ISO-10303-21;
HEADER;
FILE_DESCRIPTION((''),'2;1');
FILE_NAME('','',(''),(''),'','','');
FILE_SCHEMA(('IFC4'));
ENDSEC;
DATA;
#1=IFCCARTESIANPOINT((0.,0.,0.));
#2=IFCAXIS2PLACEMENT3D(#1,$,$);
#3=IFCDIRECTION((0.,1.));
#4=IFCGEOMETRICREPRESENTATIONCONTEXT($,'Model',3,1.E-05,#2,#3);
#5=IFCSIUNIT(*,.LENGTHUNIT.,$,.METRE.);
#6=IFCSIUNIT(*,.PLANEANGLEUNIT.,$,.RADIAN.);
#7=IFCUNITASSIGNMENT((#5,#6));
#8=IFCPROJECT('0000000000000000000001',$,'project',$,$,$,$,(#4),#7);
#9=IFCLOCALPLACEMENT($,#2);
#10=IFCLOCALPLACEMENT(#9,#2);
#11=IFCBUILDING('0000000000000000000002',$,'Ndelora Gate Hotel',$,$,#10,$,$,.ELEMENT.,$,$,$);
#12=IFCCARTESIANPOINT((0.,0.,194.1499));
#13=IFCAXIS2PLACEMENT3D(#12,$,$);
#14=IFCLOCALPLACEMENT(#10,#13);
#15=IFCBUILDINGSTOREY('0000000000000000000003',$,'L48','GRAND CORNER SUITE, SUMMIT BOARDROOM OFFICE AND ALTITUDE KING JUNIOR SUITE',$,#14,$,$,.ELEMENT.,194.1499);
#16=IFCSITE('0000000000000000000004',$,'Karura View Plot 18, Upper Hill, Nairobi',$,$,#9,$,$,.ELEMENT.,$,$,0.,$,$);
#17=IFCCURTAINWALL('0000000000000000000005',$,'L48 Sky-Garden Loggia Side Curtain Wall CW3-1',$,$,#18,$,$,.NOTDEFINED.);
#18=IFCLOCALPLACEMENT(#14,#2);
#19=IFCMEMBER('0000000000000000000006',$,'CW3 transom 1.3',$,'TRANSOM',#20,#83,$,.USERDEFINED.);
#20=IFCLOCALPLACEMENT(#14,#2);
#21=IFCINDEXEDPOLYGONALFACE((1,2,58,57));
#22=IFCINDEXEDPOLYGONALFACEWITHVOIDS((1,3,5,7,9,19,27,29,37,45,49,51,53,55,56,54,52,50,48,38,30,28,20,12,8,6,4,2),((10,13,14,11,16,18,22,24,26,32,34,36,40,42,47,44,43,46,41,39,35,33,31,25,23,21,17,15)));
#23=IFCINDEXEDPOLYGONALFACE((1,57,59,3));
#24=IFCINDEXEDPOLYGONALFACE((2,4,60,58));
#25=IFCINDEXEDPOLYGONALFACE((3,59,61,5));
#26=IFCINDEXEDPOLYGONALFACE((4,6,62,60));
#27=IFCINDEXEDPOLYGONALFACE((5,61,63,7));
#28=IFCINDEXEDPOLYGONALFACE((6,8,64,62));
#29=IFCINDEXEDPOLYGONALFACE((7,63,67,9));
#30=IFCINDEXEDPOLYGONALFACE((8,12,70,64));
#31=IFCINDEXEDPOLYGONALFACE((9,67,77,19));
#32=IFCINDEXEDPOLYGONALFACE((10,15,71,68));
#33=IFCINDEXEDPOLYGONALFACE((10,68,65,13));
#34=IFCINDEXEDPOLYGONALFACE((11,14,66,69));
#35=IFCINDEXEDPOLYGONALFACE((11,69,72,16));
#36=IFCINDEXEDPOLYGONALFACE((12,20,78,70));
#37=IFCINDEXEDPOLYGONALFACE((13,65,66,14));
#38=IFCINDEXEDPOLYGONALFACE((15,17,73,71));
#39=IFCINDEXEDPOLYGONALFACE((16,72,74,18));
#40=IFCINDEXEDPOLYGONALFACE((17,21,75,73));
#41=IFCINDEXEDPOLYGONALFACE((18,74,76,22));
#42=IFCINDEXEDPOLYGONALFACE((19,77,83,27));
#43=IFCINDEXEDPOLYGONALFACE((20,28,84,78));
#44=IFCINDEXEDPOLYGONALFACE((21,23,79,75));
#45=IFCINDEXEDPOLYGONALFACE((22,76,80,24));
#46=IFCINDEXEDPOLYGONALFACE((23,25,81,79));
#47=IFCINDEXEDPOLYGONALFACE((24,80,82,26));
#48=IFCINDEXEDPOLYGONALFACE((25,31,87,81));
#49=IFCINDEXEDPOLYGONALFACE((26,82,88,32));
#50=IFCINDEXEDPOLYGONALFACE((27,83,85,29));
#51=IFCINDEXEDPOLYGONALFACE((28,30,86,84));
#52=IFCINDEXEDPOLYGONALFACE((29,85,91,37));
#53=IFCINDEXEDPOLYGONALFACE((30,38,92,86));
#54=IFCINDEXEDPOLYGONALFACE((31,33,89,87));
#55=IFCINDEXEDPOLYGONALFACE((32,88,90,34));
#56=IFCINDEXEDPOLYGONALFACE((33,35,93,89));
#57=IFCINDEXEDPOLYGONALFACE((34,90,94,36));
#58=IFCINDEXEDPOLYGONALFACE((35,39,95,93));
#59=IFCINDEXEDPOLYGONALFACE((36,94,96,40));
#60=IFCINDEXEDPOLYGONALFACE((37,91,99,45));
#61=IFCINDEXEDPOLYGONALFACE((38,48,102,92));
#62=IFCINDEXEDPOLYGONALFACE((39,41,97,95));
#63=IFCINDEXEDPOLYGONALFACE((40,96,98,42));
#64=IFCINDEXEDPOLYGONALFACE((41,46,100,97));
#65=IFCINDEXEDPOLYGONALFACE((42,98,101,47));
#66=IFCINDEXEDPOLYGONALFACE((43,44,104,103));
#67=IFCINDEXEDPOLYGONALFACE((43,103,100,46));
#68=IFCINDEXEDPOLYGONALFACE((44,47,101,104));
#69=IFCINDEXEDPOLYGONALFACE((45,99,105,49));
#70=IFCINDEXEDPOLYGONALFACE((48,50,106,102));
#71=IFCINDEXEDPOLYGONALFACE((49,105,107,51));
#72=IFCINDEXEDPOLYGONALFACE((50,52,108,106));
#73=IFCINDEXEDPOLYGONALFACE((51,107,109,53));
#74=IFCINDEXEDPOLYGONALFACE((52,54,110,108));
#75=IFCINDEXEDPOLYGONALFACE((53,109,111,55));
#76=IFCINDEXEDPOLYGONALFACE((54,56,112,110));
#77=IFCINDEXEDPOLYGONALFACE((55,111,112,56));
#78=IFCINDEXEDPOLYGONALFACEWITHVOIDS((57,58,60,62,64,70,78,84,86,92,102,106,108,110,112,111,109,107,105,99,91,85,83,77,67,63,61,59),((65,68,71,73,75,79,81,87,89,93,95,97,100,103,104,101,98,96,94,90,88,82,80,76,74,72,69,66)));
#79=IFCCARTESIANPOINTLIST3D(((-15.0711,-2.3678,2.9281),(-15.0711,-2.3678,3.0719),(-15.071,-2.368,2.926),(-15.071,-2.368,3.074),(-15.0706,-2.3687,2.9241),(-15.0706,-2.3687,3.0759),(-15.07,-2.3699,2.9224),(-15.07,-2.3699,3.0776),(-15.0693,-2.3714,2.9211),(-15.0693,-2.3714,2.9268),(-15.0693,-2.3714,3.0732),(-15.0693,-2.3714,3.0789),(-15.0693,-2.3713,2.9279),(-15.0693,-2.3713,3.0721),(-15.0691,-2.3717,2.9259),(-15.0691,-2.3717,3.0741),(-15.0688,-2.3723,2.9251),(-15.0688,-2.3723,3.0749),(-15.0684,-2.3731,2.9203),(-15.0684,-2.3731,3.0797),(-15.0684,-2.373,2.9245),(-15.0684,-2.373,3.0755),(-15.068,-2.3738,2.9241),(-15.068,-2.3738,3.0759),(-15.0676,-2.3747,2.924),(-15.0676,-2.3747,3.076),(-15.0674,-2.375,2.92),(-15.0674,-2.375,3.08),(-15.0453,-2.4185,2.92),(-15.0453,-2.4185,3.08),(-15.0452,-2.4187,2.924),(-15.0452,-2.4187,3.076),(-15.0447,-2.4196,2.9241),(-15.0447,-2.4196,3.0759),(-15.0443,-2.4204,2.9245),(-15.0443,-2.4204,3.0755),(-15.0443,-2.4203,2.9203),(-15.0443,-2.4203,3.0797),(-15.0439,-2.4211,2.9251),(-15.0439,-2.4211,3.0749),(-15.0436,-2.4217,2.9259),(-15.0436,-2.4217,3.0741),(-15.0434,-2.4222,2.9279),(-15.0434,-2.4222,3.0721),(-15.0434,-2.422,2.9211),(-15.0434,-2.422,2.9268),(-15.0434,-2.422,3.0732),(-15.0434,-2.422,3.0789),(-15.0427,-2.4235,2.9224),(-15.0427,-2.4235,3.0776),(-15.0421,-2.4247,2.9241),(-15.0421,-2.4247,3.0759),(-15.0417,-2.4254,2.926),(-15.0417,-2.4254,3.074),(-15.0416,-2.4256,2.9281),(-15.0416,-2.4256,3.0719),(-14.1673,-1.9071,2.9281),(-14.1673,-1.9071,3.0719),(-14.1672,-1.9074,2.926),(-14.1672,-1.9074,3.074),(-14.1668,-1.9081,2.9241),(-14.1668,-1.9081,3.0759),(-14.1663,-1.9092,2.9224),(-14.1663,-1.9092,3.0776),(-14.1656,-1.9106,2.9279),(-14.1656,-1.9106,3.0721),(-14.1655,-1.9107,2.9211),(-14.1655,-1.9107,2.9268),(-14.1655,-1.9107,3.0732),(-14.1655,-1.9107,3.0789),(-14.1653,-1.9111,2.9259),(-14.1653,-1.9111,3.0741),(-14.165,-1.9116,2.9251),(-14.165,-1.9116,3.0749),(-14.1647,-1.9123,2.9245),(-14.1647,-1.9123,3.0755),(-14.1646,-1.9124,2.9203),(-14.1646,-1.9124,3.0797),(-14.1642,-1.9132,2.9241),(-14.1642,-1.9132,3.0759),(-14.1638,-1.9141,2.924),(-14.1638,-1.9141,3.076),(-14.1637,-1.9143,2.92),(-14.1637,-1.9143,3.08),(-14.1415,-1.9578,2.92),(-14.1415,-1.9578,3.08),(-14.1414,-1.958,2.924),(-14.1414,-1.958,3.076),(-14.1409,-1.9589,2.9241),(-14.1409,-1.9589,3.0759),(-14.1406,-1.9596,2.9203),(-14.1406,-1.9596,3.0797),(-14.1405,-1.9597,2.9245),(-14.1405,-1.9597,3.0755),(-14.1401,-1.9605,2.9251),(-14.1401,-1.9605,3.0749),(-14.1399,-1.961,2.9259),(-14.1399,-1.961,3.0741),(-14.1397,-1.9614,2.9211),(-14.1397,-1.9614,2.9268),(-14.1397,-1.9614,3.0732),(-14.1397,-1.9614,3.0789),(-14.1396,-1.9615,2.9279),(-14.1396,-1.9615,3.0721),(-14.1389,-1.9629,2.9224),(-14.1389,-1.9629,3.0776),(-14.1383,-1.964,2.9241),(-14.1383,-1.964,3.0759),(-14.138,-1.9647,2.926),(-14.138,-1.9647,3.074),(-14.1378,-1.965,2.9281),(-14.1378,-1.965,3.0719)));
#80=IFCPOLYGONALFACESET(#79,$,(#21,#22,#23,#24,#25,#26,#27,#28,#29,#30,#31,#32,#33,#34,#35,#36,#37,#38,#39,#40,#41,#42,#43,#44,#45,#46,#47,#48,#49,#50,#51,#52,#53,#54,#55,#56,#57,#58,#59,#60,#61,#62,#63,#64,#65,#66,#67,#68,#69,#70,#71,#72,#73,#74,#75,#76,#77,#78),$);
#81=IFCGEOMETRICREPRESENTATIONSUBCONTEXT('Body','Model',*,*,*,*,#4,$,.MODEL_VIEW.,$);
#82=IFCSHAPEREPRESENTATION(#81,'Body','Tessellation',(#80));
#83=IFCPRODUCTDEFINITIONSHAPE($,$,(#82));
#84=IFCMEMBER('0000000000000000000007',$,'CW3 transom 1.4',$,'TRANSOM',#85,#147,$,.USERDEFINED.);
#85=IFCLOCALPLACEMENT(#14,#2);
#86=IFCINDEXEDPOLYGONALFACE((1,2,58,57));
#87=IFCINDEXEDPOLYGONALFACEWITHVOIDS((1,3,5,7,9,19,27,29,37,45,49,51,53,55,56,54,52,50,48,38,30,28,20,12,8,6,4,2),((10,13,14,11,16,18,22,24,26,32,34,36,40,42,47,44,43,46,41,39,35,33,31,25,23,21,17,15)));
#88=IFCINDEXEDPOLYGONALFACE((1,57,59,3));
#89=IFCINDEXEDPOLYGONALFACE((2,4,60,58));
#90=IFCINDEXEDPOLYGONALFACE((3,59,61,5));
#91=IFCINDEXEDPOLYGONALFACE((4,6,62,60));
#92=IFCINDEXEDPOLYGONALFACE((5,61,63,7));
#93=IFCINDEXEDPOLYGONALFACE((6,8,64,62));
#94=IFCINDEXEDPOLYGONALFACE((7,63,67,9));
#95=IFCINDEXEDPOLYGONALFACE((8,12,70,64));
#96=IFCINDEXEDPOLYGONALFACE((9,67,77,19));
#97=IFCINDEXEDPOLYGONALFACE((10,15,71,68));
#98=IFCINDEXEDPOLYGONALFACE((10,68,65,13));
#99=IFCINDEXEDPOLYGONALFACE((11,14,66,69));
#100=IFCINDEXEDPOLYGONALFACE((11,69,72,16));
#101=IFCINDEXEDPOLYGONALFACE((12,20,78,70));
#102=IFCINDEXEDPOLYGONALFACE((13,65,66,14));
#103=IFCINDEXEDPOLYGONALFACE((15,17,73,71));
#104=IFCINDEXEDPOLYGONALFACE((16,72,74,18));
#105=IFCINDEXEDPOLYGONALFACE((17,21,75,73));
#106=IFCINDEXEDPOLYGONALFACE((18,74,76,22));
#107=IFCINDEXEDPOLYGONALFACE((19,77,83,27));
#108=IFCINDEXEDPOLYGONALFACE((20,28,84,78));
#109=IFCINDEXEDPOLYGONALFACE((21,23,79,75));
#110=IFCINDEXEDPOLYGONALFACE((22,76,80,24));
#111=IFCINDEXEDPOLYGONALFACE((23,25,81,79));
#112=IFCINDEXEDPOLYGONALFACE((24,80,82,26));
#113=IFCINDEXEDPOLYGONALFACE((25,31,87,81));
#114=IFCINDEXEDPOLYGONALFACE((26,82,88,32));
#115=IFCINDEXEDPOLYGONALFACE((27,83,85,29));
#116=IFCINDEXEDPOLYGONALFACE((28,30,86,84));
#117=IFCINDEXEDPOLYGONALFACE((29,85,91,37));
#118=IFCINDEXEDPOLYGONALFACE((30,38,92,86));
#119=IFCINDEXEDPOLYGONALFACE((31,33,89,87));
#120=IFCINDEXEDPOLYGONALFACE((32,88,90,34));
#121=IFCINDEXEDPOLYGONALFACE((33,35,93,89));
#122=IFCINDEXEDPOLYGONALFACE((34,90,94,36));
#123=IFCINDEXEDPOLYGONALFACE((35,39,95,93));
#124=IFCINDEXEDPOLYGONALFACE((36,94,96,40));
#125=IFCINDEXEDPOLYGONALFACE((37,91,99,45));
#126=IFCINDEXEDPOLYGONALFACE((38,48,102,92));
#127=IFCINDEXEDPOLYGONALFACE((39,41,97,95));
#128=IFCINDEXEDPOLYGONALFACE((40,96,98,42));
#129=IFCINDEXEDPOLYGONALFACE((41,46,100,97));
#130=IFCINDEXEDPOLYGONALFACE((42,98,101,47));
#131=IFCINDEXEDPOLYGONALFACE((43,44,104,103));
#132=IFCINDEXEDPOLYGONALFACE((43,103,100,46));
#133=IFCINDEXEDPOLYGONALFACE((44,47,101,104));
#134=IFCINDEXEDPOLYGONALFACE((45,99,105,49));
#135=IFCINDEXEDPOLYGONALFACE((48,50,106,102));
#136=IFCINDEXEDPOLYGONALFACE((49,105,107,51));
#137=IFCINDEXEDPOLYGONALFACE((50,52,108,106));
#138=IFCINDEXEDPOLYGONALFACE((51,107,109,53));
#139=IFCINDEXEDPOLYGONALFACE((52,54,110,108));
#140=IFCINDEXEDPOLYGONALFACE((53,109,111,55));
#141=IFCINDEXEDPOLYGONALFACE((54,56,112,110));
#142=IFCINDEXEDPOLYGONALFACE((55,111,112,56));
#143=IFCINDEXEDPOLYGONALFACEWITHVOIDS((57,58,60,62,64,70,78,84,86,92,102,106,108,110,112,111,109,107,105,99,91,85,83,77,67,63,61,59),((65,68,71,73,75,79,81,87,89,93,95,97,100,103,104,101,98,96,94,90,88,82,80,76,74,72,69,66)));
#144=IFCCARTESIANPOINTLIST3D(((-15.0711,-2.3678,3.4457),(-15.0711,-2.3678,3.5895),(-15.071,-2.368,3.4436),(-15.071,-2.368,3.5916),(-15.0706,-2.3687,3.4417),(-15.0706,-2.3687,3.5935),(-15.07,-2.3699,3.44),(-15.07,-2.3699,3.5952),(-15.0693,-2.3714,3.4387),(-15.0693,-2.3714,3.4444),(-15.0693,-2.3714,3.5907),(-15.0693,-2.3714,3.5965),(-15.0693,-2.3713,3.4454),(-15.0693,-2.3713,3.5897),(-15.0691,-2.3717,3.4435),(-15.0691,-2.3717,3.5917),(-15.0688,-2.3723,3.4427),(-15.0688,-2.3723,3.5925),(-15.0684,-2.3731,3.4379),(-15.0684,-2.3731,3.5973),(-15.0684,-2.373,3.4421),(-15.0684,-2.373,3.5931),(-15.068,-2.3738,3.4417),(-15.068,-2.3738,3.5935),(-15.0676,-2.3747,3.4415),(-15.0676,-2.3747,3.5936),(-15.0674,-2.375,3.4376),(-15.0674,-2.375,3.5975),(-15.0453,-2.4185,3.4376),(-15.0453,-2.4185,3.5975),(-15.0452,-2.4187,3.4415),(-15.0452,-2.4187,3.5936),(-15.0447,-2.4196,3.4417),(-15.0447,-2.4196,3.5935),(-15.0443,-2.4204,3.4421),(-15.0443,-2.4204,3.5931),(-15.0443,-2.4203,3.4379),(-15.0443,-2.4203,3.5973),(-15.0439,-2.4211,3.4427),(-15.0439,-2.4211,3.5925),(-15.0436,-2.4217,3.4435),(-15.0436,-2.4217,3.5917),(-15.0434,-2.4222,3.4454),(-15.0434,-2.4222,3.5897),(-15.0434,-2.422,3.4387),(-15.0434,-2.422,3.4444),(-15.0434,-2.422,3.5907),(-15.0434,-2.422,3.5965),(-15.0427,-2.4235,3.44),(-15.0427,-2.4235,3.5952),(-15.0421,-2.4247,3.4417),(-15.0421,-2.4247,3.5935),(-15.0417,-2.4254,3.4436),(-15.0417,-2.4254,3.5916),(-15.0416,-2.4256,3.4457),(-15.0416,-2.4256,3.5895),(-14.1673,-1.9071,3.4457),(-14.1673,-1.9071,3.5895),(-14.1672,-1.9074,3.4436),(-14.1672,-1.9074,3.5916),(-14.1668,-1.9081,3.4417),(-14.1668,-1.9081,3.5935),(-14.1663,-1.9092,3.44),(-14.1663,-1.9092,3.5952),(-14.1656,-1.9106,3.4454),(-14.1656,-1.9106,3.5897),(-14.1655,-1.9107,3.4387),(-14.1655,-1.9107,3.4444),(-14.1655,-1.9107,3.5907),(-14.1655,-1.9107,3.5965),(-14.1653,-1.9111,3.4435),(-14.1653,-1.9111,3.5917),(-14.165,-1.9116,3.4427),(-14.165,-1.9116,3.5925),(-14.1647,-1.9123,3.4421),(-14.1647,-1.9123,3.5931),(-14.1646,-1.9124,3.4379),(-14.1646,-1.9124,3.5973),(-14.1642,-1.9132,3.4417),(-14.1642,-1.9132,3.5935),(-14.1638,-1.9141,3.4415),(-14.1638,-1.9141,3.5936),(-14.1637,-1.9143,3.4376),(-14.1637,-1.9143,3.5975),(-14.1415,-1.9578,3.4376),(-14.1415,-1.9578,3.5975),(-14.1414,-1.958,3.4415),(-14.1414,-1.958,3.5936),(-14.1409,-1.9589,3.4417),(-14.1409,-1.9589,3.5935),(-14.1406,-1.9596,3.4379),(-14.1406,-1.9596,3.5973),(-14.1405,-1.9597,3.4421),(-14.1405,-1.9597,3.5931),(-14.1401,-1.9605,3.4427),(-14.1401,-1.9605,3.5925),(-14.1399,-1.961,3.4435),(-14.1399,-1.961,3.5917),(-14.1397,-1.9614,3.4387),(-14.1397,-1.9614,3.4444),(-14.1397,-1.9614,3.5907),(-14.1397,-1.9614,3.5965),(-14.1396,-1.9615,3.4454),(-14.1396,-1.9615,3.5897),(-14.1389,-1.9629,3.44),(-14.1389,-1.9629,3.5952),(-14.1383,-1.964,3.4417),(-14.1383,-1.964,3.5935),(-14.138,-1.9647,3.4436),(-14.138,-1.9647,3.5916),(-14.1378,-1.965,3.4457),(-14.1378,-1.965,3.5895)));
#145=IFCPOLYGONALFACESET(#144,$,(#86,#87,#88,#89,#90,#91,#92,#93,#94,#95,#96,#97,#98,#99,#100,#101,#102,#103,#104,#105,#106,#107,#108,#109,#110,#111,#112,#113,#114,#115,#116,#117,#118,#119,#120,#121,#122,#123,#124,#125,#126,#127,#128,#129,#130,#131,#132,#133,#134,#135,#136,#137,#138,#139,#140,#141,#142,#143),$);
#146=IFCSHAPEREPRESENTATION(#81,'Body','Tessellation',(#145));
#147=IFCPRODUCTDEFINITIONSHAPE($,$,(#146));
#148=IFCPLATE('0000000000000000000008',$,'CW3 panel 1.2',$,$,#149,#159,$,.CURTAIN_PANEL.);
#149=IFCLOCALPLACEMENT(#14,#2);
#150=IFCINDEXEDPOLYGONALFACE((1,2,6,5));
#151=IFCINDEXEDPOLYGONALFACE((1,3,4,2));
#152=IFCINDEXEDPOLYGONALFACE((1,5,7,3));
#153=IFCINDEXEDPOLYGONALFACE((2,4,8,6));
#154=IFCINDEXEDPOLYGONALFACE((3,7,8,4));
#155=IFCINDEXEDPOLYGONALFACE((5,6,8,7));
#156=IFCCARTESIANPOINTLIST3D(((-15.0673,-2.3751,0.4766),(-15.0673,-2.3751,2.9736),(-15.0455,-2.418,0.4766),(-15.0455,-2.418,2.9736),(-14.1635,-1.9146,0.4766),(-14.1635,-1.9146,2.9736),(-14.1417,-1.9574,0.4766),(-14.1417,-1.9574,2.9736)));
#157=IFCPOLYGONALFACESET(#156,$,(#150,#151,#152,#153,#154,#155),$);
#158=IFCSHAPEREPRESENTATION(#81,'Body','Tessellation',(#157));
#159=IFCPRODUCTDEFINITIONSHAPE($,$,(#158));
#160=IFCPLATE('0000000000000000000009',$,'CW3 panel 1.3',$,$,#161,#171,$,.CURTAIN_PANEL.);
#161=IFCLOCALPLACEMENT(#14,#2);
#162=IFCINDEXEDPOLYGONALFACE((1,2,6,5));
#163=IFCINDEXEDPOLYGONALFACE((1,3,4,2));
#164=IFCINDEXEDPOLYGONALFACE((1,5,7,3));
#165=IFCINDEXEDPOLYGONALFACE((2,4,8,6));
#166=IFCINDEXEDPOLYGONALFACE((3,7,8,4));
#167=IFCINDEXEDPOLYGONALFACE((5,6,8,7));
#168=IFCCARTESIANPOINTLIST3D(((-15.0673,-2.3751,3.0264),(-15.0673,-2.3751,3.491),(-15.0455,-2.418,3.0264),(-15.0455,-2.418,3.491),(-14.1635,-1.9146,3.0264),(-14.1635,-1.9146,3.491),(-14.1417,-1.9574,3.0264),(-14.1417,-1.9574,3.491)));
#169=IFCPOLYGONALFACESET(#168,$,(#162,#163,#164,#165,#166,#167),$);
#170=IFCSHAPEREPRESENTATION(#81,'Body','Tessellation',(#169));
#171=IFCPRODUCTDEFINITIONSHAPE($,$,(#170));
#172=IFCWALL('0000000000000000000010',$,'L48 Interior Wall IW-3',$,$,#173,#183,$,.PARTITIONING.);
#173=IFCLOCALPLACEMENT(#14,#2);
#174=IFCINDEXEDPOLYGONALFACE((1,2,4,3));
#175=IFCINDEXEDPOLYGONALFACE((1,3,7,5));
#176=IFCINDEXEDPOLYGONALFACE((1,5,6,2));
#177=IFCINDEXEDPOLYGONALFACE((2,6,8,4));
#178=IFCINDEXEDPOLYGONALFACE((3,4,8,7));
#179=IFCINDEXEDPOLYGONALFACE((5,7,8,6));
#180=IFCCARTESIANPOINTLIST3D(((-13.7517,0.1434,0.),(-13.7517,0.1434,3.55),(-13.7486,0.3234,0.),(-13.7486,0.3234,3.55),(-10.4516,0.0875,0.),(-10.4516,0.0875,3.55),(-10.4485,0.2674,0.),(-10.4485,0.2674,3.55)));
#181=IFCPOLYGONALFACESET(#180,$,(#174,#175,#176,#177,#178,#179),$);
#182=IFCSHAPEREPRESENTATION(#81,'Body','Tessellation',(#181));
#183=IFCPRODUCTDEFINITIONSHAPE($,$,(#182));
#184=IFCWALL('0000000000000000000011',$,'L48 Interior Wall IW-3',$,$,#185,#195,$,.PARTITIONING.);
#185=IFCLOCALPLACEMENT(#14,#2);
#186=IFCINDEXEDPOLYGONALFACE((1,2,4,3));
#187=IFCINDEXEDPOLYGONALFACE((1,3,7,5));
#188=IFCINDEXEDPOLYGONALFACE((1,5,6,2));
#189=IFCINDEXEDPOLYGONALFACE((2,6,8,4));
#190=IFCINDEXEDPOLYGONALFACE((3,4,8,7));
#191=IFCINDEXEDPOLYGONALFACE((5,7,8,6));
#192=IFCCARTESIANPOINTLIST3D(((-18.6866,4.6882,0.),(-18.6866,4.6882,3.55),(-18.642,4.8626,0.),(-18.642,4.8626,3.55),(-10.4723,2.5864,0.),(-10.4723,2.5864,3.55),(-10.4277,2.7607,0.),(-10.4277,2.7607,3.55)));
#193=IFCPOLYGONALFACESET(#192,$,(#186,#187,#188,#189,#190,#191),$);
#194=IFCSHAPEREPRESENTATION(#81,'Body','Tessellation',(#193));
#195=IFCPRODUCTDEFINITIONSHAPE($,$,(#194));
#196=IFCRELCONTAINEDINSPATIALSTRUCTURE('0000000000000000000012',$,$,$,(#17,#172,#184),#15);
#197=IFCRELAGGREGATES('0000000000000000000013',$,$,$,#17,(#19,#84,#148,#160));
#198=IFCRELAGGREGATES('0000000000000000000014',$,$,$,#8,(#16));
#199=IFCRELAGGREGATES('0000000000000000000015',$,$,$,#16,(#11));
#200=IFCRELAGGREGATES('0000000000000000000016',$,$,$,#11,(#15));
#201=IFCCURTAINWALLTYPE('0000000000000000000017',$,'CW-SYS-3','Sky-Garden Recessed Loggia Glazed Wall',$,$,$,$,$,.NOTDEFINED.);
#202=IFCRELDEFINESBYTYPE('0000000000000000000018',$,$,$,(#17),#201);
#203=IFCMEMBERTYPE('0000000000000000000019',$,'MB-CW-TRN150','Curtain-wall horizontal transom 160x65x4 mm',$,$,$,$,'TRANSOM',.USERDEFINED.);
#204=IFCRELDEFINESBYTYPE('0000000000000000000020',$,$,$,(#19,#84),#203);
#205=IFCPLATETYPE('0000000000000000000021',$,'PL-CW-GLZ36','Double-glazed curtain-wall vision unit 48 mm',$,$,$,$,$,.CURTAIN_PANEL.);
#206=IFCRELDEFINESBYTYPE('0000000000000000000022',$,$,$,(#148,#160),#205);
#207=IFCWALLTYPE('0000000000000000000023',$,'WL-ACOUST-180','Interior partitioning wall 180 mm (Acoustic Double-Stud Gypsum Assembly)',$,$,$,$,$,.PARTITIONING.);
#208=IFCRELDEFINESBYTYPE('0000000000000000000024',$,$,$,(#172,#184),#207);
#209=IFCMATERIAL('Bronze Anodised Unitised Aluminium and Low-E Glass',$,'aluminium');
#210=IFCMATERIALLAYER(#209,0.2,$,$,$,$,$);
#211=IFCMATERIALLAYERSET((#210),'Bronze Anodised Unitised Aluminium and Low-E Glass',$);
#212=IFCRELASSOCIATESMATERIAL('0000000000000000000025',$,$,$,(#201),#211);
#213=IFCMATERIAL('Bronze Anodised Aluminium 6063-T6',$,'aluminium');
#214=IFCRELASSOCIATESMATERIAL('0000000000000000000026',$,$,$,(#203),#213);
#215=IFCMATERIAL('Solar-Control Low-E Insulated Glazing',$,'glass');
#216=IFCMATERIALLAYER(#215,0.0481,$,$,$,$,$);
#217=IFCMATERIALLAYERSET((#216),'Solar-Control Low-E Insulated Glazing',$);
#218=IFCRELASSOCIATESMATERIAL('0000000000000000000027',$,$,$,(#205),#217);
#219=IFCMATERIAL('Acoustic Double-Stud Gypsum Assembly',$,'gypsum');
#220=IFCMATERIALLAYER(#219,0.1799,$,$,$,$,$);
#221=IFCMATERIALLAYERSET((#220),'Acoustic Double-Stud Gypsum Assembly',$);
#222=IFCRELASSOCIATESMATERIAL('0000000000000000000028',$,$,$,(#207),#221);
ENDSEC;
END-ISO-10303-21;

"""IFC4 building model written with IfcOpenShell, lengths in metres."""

from ifc_helpers import new_model, si_unit, direction, frame, frame_2d, origin, origin_2d, place, context, subcontext, project, spatial, rectangle, hollow_rectangle, extrude, material, layer, layer_set, material_profile, profile_set, type_object, element, aggregate, save


model = new_model("IFC4")

# Units and contexts
model_context = context("Model", 3, precision=1e-05, world=origin(), true_north=direction((0.0, 1.0)))
body_context = subcontext(model_context, "Body", "Model", "MODEL_VIEW")
ifc_project = project(units=[si_unit("LENGTHUNIT", "METRE"), si_unit("PLANEANGLEUNIT", "RADIAN")], contexts=[model_context])

# Site, building, storey
site_placement = place(None, origin())
site = spatial("IfcSite", under=ifc_project, at=site_placement, Name="Karura View Plot 18, Upper Hill, Nairobi", CompositionType="ELEMENT", RefElevation=0.0)
building_placement = place(site_placement, origin())
building = spatial("IfcBuilding", under=site, at=building_placement, Name="Ndelora Gate Hotel", CompositionType="ELEMENT")
storey_placement = place(building_placement, frame((0.0, 0.0, 194.1499)))
storey = spatial("IfcBuildingStorey", under=building, at=storey_placement, Name="L48", Description="GRAND CORNER SUITE, SUMMIT BOARDROOM OFFICE AND ALTITUDE KING JUNIOR SUITE", CompositionType="ELEMENT", Elevation=194.1499)

# Curtain wall, members, plates
ifc_material_1 = material(Name="Bronze Anodised Unitised Aluminium and Low-E Glass", Category="aluminium")
ifc_layer_1 = layer(ifc_material_1, 0.2)
ifc_layer_set_1 = layer_set([ifc_layer_1], Name="Bronze Anodised Unitised Aluminium and Low-E Glass")
curtain_wall_type = type_object("IfcCurtainWallType", Name="CW-SYS-3", Description="Sky-Garden Recessed Loggia Glazed Wall", PredefinedType="NOTDEFINED", material=ifc_layer_set_1)
curtain_wall_placement = place(storey_placement, origin())
curtain_wall = element("IfcCurtainWall", 1, at=curtain_wall_placement, inside=storey, type_object=curtain_wall_type, Name="L48 Sky-Garden Loggia Side Curtain Wall CW3-1", PredefinedType="NOTDEFINED")
ifc_material_2 = material(Name="Bronze Anodised Aluminium 6063-T6", Category="aluminium")
ifc_material_profile_1 = material_profile(ifc_material_2, hollow_rectangle(XDim=0.0649, YDim=0.1599, WallThickness=0.0039, InnerFilletRadius=0.0039, OuterFilletRadius=0.0081, at=origin_2d()), Name="ALU 160x65x4")
ifc_profile_set_1 = profile_set([ifc_material_profile_1], Name="Bronze Anodised Aluminium 6063-T6")
member_type_1 = type_object("IfcMemberType", Name="MB-CW-TRN150", Description="Curtain-wall horizontal transom 160x65x4 mm", ElementType="TRANSOM", PredefinedType="USERDEFINED", material=ifc_profile_set_1)
member_1_placement = place(storey_placement, frame((-14.1526, -1.936, 3.0), z_axis=(-0.890935, -0.454131, 0.0), x_axis=(0.454131, -0.890935, 0.0)))
member_1 = element("IfcMember", 2, at=member_1_placement, type_object=member_type_1, Name="CW3 transom 1.3", ObjectType="TRANSOM", PredefinedType="USERDEFINED", context=body_context, shape_type="SweptSolid", body=[
    extrude(hollow_rectangle(XDim=0.0649, YDim=0.1599, WallThickness=0.0039, InnerFilletRadius=0.0039, OuterFilletRadius=0.0081, at=origin_2d()), origin(), (0.0, 0.0, 1.0), 1.0144),
])
member_2_placement = place(storey_placement, frame((-14.1526, -1.936, 3.5176), z_axis=(-0.890935, -0.454131, 0.0), x_axis=(0.454131, -0.890935, 0.0)))
member_2 = element("IfcMember", 3, at=member_2_placement, type_object=member_type_1, Name="CW3 transom 1.4", ObjectType="TRANSOM", PredefinedType="USERDEFINED", context=body_context, shape_type="SweptSolid", body=[
    extrude(hollow_rectangle(XDim=0.0649, YDim=0.1599, WallThickness=0.0039, InnerFilletRadius=0.0039, OuterFilletRadius=0.0081, at=origin_2d()), origin(), (0.0, 0.0, 1.0), 1.0144),
])
ifc_material_3 = material(Name="Solar-Control Low-E Insulated Glazing", Category="glass")
ifc_layer_2 = layer(ifc_material_3, 0.0481)
ifc_layer_set_2 = layer_set([ifc_layer_2], Name="Solar-Control Low-E Insulated Glazing")
plate_type = type_object("IfcPlateType", Name="PL-CW-GLZ36", Description="Double-glazed curtain-wall vision unit 48 mm", PredefinedType="CURTAIN_PANEL", material=ifc_layer_set_2)
plate_1_placement = place(storey_placement, frame((-14.6045, -2.1663, 0.4766), z_axis=(0.0, 0.0, 1.0), x_axis=(-0.891001, -0.454001, 0.0)))
plate_1 = element("IfcPlate", 4, at=plate_1_placement, type_object=plate_type, Name="CW3 panel 1.2", PredefinedType="CURTAIN_PANEL", context=body_context, shape_type="SweptSolid", body=[
    extrude(rectangle(XDim=1.0144, YDim=0.0481, at=origin_2d()), origin(), (0.0, 0.0, 1.0), 2.4971),
])
plate_2_placement = place(storey_placement, frame((-14.6045, -2.1663, 3.0264), z_axis=(0.0, 0.0, 1.0), x_axis=(-0.891001, -0.454001, 0.0)))
plate_2 = element("IfcPlate", 5, at=plate_2_placement, type_object=plate_type, Name="CW3 panel 1.3", PredefinedType="CURTAIN_PANEL", context=body_context, shape_type="SweptSolid", body=[
    extrude(rectangle(XDim=1.0144, YDim=0.0481, at=origin_2d()), origin(), (0.0, 0.0, 1.0), 0.4646),
])
aggregate(curtain_wall, [member_1, member_2, plate_1, plate_2])

# Walls
ifc_material_4 = material(Name="Acoustic Double-Stud Gypsum Assembly", Category="gypsum")
ifc_layer_3 = layer(ifc_material_4, 0.1799)
ifc_layer_set_3 = layer_set([ifc_layer_3], Name="Acoustic Double-Stud Gypsum Assembly")
wall_type_1 = type_object("IfcWallType", Name="WL-ACOUST-180", Description="Interior partitioning wall 180 mm (Acoustic Double-Stud Gypsum Assembly)", PredefinedType="PARTITIONING", material=ifc_layer_set_3)
wall_1_placement = place(storey_placement, frame((-10.45, 0.1775, 0.0), z_axis=(0.0, 0.0, 1.0), x_axis=(-0.999857, 0.016939, 0.0)))
element("IfcWall", 6, at=wall_1_placement, inside=storey, type_object=wall_type_1, Name="L48 Interior Wall IW-3", PredefinedType="PARTITIONING", context=body_context, shape_type="SweptSolid", body=[
    extrude(rectangle(XDim=3.3005, YDim=0.1799, at=frame_2d((1.6504, 0.0))), origin(), (0.0, 0.0, 1.0), 3.55),
])
wall_2_placement = place(storey_placement, frame((-10.45, 2.6736, 0.0), z_axis=(0.0, 0.0, 1.0), x_axis=(-0.96879, 0.247884, 0.0)))
element("IfcWall", 7, at=wall_2_placement, inside=storey, type_object=wall_type_1, Name="L48 Interior Wall IW-3", PredefinedType="PARTITIONING", context=body_context, shape_type="SweptSolid", body=[
    extrude(rectangle(XDim=8.479, YDim=0.1799, at=frame_2d((4.2395, 0.0))), origin(), (0.0, 0.0, 1.0), 3.55),
])

save(model, "model.ifc")
